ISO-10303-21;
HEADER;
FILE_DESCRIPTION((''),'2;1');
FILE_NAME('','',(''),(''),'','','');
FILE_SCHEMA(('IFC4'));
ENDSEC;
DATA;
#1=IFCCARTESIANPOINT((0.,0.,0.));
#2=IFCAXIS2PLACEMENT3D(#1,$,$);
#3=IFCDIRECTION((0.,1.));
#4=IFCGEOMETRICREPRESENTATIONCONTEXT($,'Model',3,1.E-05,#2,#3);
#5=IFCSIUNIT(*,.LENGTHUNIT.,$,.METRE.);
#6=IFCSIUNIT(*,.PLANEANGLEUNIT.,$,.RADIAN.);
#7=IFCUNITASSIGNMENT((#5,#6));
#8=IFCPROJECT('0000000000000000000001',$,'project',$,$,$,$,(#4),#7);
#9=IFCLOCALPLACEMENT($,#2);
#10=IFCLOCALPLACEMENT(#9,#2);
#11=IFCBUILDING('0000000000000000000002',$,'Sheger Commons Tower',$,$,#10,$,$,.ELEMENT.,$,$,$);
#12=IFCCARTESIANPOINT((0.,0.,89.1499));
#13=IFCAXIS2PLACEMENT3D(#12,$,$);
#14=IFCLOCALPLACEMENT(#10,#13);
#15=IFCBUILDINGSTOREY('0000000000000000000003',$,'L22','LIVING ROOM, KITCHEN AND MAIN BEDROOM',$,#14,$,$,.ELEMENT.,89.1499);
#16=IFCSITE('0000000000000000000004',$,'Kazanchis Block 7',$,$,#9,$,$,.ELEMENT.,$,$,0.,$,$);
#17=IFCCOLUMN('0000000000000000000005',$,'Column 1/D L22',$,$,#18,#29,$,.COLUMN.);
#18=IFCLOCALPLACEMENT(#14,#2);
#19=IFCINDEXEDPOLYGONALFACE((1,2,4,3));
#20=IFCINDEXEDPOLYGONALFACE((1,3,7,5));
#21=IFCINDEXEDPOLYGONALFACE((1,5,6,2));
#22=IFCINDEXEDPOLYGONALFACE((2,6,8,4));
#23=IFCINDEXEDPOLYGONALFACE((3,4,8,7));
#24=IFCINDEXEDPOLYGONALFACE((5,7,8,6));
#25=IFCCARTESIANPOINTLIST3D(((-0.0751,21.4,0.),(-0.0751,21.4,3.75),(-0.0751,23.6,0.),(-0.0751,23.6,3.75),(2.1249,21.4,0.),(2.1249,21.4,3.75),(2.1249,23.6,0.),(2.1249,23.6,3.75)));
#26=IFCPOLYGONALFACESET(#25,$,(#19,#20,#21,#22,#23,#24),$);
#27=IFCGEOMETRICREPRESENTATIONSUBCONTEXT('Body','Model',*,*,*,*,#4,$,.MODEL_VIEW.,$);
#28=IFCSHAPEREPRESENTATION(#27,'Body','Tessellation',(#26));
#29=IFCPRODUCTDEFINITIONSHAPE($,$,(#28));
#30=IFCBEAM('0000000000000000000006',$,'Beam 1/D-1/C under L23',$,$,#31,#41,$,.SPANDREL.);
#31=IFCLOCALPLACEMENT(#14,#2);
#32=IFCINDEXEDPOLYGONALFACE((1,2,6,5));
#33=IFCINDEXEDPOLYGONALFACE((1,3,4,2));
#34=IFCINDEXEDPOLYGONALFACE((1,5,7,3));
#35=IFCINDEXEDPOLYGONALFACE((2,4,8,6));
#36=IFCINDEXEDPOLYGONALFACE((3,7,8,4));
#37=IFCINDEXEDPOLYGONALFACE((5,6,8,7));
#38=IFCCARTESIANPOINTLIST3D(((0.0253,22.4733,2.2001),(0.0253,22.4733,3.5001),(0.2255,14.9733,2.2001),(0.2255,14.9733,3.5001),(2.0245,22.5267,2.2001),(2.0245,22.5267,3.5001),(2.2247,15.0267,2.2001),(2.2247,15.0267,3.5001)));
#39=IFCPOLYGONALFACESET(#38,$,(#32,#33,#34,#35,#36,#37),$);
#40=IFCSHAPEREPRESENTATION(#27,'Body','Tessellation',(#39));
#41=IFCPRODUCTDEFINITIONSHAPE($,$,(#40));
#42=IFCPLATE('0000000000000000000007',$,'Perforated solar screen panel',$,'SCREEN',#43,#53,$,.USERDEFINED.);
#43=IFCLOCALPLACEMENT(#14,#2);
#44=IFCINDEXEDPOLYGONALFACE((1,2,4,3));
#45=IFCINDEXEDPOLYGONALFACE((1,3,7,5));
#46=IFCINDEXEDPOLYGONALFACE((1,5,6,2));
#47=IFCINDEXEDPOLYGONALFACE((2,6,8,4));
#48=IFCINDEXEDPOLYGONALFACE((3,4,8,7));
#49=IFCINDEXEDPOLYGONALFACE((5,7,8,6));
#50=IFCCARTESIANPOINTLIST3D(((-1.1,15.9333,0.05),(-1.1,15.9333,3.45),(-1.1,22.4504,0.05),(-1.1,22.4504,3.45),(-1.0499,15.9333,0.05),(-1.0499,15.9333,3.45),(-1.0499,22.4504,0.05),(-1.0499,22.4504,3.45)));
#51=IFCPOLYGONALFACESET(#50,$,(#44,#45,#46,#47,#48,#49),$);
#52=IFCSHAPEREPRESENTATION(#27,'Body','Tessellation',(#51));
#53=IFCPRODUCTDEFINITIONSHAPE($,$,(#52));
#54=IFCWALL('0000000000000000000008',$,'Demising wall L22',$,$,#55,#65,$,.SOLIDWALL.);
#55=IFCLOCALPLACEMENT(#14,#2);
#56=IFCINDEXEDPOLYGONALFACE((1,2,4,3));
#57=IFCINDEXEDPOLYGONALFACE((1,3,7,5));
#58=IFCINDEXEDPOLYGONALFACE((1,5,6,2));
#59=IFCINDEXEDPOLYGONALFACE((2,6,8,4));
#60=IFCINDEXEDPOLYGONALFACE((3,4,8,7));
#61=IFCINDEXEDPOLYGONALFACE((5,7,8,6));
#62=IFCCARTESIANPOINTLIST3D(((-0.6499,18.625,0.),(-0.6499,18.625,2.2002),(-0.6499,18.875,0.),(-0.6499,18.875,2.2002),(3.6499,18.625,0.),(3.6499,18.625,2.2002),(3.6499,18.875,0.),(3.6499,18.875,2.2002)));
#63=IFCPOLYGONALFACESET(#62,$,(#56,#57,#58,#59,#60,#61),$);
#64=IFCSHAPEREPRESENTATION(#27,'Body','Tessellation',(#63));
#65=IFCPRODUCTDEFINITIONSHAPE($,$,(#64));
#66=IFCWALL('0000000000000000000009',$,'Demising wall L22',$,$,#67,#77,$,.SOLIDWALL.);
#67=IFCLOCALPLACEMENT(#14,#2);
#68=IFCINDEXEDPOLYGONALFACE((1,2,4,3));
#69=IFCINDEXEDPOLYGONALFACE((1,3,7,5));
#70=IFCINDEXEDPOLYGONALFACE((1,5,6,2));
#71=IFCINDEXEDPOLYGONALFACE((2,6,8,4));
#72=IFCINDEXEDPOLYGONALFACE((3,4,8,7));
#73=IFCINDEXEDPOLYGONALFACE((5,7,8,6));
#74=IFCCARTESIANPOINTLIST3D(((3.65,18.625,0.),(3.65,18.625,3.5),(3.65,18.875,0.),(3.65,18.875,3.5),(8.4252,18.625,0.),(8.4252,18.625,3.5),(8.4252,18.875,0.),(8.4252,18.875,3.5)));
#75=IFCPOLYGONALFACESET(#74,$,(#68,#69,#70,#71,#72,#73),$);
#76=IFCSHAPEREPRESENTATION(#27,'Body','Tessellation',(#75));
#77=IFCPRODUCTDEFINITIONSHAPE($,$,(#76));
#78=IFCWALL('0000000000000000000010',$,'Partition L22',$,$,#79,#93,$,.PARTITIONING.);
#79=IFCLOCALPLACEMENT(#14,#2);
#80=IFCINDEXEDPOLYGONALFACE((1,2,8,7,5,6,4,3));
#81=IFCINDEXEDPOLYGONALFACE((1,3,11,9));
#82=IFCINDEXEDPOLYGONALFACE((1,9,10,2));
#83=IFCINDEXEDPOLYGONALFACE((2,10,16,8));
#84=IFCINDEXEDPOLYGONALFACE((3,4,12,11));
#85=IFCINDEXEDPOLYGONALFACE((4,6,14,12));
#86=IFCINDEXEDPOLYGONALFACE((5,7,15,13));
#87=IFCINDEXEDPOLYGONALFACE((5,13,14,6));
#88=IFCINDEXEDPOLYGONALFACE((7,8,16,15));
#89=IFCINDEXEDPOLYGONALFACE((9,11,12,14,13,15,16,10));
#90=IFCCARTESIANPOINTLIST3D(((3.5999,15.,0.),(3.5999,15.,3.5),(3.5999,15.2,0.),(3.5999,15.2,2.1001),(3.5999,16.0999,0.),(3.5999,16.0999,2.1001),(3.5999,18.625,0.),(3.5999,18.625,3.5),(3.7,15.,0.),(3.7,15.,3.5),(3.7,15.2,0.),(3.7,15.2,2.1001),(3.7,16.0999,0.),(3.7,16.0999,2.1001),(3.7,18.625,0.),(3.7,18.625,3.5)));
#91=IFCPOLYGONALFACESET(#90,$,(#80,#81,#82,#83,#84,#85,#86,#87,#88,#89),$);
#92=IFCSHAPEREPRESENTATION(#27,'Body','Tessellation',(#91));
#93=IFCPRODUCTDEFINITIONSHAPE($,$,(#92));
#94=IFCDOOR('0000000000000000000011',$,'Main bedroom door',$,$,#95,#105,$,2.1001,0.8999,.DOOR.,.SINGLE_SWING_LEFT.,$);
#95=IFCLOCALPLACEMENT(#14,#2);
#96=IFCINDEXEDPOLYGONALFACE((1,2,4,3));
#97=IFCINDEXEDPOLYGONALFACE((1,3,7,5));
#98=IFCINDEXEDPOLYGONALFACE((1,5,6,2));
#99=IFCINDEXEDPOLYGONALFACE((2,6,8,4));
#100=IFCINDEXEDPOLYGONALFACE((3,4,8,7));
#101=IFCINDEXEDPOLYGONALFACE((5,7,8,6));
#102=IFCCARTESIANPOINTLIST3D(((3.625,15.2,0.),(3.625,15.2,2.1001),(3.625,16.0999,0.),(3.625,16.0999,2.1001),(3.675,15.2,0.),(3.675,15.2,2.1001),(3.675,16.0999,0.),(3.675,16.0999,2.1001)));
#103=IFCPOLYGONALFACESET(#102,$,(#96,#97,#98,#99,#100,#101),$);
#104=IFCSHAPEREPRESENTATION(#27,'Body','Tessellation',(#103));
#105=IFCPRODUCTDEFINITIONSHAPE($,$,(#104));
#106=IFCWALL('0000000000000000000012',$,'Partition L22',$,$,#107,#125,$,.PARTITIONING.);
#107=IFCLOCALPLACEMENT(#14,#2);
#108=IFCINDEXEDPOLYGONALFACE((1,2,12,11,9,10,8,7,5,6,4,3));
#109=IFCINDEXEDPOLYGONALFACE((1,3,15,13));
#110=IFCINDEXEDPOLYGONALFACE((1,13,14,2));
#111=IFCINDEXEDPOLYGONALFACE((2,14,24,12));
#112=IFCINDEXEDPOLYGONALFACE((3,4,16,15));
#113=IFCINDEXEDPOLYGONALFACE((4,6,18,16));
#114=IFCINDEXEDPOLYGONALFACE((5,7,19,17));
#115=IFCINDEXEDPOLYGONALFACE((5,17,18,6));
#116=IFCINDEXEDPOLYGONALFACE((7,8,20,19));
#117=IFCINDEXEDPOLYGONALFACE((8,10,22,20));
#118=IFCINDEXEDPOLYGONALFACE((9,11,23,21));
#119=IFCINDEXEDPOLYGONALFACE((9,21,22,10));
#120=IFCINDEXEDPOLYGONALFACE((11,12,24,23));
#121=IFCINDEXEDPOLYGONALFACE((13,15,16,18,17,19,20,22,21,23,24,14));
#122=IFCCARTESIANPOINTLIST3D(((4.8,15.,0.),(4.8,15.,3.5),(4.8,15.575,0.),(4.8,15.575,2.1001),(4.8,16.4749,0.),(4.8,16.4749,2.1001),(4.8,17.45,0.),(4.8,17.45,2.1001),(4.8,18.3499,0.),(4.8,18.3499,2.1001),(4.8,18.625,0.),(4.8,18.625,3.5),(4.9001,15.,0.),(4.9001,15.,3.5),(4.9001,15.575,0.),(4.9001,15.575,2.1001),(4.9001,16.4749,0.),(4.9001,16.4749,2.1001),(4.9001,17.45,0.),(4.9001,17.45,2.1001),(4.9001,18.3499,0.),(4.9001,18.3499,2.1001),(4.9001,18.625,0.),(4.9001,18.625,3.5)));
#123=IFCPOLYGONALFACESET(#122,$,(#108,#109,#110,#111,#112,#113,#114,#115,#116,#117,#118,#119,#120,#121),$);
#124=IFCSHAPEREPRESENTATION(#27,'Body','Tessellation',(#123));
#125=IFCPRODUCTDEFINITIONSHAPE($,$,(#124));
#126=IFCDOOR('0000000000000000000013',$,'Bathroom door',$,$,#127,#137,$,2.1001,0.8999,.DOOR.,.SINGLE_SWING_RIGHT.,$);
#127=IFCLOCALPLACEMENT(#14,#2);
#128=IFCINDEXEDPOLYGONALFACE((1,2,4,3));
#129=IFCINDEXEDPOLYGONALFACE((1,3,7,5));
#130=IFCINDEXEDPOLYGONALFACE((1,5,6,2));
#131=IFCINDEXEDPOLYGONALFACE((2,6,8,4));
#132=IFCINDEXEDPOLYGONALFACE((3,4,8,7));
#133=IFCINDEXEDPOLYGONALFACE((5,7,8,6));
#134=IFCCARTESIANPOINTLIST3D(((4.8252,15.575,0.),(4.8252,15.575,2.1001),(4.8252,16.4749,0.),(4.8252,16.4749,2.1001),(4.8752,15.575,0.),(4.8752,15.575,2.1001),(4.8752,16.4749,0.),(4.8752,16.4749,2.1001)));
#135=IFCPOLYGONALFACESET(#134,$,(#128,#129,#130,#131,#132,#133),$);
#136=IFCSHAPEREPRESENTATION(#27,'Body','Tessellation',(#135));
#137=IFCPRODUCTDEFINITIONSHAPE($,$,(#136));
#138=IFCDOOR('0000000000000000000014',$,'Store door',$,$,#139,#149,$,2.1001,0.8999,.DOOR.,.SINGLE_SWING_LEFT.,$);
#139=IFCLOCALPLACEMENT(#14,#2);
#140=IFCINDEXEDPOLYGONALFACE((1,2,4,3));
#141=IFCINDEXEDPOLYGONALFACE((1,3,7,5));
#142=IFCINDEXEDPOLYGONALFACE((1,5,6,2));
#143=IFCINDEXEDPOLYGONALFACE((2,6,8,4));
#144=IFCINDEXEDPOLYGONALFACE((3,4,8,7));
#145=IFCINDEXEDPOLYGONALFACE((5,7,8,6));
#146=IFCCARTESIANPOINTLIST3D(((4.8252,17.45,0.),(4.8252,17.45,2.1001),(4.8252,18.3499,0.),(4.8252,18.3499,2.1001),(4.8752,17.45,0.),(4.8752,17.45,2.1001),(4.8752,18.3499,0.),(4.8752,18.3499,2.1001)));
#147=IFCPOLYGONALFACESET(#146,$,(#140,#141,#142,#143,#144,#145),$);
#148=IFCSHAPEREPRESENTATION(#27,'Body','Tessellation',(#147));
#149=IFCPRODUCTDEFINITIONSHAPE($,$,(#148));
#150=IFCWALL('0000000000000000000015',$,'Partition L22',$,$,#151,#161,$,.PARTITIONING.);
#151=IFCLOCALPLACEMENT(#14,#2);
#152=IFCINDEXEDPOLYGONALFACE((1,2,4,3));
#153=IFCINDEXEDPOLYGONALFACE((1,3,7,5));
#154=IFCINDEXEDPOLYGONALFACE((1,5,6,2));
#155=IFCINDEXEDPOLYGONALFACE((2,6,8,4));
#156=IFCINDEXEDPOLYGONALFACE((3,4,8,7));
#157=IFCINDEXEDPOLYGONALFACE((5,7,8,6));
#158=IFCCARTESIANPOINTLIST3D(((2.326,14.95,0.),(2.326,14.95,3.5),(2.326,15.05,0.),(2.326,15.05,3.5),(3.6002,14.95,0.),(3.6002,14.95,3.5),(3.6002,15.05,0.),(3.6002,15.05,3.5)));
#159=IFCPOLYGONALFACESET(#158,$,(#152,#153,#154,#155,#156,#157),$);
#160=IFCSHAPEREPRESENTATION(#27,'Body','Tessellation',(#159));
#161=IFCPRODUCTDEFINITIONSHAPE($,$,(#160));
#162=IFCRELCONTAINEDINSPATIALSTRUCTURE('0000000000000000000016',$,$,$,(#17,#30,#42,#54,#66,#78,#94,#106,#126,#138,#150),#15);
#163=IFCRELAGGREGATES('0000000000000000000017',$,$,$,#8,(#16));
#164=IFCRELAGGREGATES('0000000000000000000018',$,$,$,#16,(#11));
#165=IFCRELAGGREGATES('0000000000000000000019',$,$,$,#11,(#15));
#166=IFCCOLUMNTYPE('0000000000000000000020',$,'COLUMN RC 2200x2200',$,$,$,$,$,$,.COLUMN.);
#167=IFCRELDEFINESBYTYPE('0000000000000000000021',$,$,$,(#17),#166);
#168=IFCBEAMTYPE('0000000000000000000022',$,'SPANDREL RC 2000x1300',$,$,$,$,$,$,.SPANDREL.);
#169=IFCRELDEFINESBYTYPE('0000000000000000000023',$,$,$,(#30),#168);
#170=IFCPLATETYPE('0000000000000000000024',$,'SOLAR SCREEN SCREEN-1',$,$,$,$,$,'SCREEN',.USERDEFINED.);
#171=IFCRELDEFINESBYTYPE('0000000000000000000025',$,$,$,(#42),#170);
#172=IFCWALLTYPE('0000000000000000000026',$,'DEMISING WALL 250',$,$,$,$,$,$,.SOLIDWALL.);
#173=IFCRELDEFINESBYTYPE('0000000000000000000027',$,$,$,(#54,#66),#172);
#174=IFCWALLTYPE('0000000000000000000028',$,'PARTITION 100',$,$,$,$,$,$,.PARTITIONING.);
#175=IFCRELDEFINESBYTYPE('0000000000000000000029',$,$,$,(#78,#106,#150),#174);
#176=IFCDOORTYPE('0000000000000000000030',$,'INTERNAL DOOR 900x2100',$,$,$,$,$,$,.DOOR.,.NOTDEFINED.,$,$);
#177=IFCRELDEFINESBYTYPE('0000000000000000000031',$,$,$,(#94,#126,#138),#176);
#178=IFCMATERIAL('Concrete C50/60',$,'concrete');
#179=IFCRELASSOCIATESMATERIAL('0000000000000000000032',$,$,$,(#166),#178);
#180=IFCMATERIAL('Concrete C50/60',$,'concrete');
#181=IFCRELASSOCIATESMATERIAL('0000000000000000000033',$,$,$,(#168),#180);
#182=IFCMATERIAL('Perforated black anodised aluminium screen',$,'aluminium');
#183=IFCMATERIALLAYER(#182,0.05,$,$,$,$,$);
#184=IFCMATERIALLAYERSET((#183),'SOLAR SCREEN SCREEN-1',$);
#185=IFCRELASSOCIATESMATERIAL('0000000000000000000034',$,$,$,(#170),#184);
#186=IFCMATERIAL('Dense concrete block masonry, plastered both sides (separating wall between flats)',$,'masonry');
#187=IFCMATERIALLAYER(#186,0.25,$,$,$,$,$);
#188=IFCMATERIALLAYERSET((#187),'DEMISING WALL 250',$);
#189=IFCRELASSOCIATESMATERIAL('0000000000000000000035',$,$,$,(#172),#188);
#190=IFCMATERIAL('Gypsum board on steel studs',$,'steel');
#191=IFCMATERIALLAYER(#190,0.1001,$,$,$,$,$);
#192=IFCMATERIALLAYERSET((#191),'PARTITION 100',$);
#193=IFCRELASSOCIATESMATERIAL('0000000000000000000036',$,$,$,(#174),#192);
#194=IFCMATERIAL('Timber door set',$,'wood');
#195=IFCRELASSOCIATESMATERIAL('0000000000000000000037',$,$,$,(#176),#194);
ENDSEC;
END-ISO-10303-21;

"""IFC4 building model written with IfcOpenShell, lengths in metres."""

from ifc_helpers import new_model, si_unit, direction, frame, frame_2d, origin, origin_2d, place, context, subcontext, project, spatial, rectangle, extrude, material, layer, layer_set, material_profile, profile_set, type_object, element, fill, save


model = new_model("IFC4")

# Units and contexts
model_context = context("Model", 3, precision=1e-05, world=origin(), true_north=direction((0.0, 1.0)))
body_context = subcontext(model_context, "Body", "Model", "MODEL_VIEW")
ifc_project = project(units=[si_unit("LENGTHUNIT", "METRE"), si_unit("PLANEANGLEUNIT", "RADIAN")], contexts=[model_context])

# Site, building, storey
site_placement = place(None, origin())
site = spatial("IfcSite", under=ifc_project, at=site_placement, Name="Kazanchis Block 7", CompositionType="ELEMENT", RefElevation=0.0)
building_placement = place(site_placement, origin())
building = spatial("IfcBuilding", under=site, at=building_placement, Name="Sheger Commons Tower", CompositionType="ELEMENT")
storey_placement = place(building_placement, frame((0.0, 0.0, 89.1499)))
storey = spatial("IfcBuildingStorey", under=building, at=storey_placement, Name="L22", Description="LIVING ROOM, KITCHEN AND MAIN BEDROOM", CompositionType="ELEMENT", Elevation=89.1499)

# Column
ifc_material_1 = material(Name="Concrete C50/60", Category="concrete")
ifc_material_profile_1 = material_profile(ifc_material_1, rectangle(XDim=2.2, YDim=2.2, at=origin_2d()), Name="RC 2200x2200")
ifc_profile_set_1 = profile_set([ifc_material_profile_1], Name="Concrete C50/60")
column_type = type_object("IfcColumnType", Name="COLUMN RC 2200x2200", PredefinedType="COLUMN", material=ifc_profile_set_1)
column_placement = place(storey_placement, frame((1.0249, 22.5, 0.0), z_axis=(0.0, 0.0, 1.0), x_axis=(1.0, 0.0, 0.0)))
element("IfcColumn", 1, at=column_placement, inside=storey, type_object=column_type, Name="Column 1/D L22", PredefinedType="COLUMN", context=body_context, shape_type="SweptSolid", body=[
    extrude(rectangle(XDim=2.2, YDim=2.2, at=origin_2d()), origin(), (0.0, 0.0, 1.0), 3.75),
])

# Beam
ifc_material_2 = material(Name="Concrete C50/60", Category="concrete")
ifc_material_profile_2 = material_profile(ifc_material_2, rectangle(XDim=2.0, YDim=1.3, at=origin_2d()), Name="RC 2000x1300")
ifc_profile_set_2 = profile_set([ifc_material_profile_2], Name="Concrete C50/60")
beam_type = type_object("IfcBeamType", Name="SPANDREL RC 2000x1300", PredefinedType="SPANDREL", material=ifc_profile_set_2)
beam_placement = place(storey_placement, frame((1.0249, 22.5, 2.8501), z_axis=(0.026683, -0.999644, 0.0), x_axis=(0.999644, 0.026683, 0.0)))
element("IfcBeam", 2, at=beam_placement, inside=storey, type_object=beam_type, Name="Beam 1/D-1/C under L23", PredefinedType="SPANDREL", context=body_context, shape_type="SweptSolid", body=[
    extrude(rectangle(XDim=2.0, YDim=1.3, at=origin_2d()), origin(), (0.0, 0.0, 1.0), 7.5027),
])

# Plate
ifc_material_3 = material(Name="Perforated black anodised aluminium screen", Category="aluminium")
ifc_layer_1 = layer(ifc_material_3, 0.05)
ifc_layer_set_1 = layer_set([ifc_layer_1], Name="SOLAR SCREEN SCREEN-1")
plate_type = type_object("IfcPlateType", Name="SOLAR SCREEN SCREEN-1", ElementType="SCREEN", PredefinedType="USERDEFINED", material=ifc_layer_set_1)
plate_placement = place(storey_placement, frame((-1.075, 19.1919, 0.05), z_axis=(0.0, 0.0, 1.0), x_axis=(0.0, -1.0, 0.0)))
element("IfcPlate", 3, at=plate_placement, inside=storey, type_object=plate_type, Name="Perforated solar screen panel", ObjectType="SCREEN", PredefinedType="USERDEFINED", context=body_context, shape_type="SweptSolid", body=[
    extrude(rectangle(XDim=6.5171, YDim=0.05, at=origin_2d()), origin(), (0.0, 0.0, 1.0), 3.3999),
])

# Walls
ifc_material_4 = material(Name="Dense concrete block masonry, plastered both sides (separating wall between flats)", Category="masonry")
ifc_layer_2 = layer(ifc_material_4, 0.25)
ifc_layer_set_2 = layer_set([ifc_layer_2], Name="DEMISING WALL 250")
wall_type_1 = type_object("IfcWallType", Name="DEMISING WALL 250", PredefinedType="SOLIDWALL", material=ifc_layer_set_2)
wall_1_placement = place(storey_placement, frame((-0.6499, 18.75, 0.0), z_axis=(0.0, 0.0, 1.0), x_axis=(1.0, 0.0, 0.0)))
element("IfcWall", 4, at=wall_1_placement, inside=storey, type_object=wall_type_1, Name="Demising wall L22", PredefinedType="SOLIDWALL", context=body_context, shape_type="SweptSolid", body=[
    extrude(rectangle(XDim=4.2998, YDim=0.25, at=frame_2d((2.1499, 0.0))), origin(), (0.0, 0.0, 1.0), 2.2002),
])
wall_2_placement = place(storey_placement, frame((3.6499, 18.75, 0.0), z_axis=(0.0, 0.0, 1.0), x_axis=(1.0, 0.0, 0.0)))
element("IfcWall", 5, at=wall_2_placement, inside=storey, type_object=wall_type_1, Name="Demising wall L22", PredefinedType="SOLIDWALL", context=body_context, shape_type="SweptSolid", body=[
    extrude(rectangle(XDim=4.7751, YDim=0.25, at=frame_2d((2.3877, 0.0))), origin(), (0.0, 0.0, 1.0), 3.5),
])

# Wall, opening, door
ifc_material_5 = material(Name="Gypsum board on steel studs", Category="steel")
ifc_layer_3 = layer(ifc_material_5, 0.1001)
ifc_layer_set_3 = layer_set([ifc_layer_3], Name="PARTITION 100")
wall_type_2 = type_object("IfcWallType", Name="PARTITION 100", PredefinedType="PARTITIONING", material=ifc_layer_set_3)
wall_3_placement = place(storey_placement, frame((3.6499, 15.0, 0.0), z_axis=(0.0, 0.0, 1.0), x_axis=(0.0, 1.0, 0.0)))
wall_3 = element("IfcWall", 6, at=wall_3_placement, inside=storey, type_object=wall_type_2, Name="Partition L22", PredefinedType="PARTITIONING", context=body_context, shape_type="SweptSolid", body=[
    extrude(rectangle(XDim=3.625, YDim=0.1001, at=frame_2d((1.8125, 0.0))), origin(), (0.0, 0.0, 1.0), 3.5),
])
opening_1_placement = place(wall_3_placement, frame((0.2, 0.0, 0.0)))
opening_1 = element("IfcOpeningElement", 7, at=opening_1_placement, cuts=wall_3, PredefinedType="OPENING", context=body_context, shape_type="SweptSolid", body=[
    extrude(rectangle(XDim=0.8999, YDim=2.1001, at=frame_2d((0.45, 1.05))), frame((0.0, 0.0601, 0.0), z_axis=(0.0, -1.0, 0.0), x_axis=(1.0, 0.0, 0.0)), (0.0, 0.0, 1.0), 0.1201),
])
ifc_material_6 = material(Name="Timber door set", Category="wood")
door_type = type_object("IfcDoorType", Name="INTERNAL DOOR 900x2100", OperationType="NOTDEFINED", PredefinedType="DOOR", material=ifc_material_6)
door_1_placement = place(opening_1_placement, origin())
door_1 = element("IfcDoor", 8, at=door_1_placement, inside=storey, type_object=door_type, Name="Main bedroom door", OperationType="SINGLE_SWING_LEFT", OverallHeight=2.1001, OverallWidth=0.8999, PredefinedType="DOOR", context=body_context, shape_type="SweptSolid", body=[
    extrude(rectangle(XDim=0.8999, YDim=2.1001, at=frame_2d((0.45, 1.05))), frame((0.0, 0.0249, 0.0), z_axis=(0.0, -1.0, 0.0), x_axis=(1.0, 0.0, 0.0)), (0.0, 0.0, 1.0), 0.05),
])
fill(opening_1, door_1)

# Wall, openings, doors
wall_4_placement = place(storey_placement, frame((4.8501, 15.0, 0.0), z_axis=(0.0, 0.0, 1.0), x_axis=(0.0, 1.0, 0.0)))
wall_4 = element("IfcWall", 9, at=wall_4_placement, inside=storey, type_object=wall_type_2, Name="Partition L22", PredefinedType="PARTITIONING", context=body_context, shape_type="SweptSolid", body=[
    extrude(rectangle(XDim=3.625, YDim=0.1001, at=frame_2d((1.8125, 0.0))), origin(), (0.0, 0.0, 1.0), 3.5),
])
opening_2_placement = place(wall_4_placement, frame((0.575, 0.0, 0.0)))
opening_2 = element("IfcOpeningElement", 10, at=opening_2_placement, cuts=wall_4, PredefinedType="OPENING", context=body_context, shape_type="SweptSolid", body=[
    extrude(rectangle(XDim=0.8999, YDim=2.1001, at=frame_2d((0.45, 1.05))), frame((0.0, 0.0601, 0.0), z_axis=(0.0, -1.0, 0.0), x_axis=(1.0, 0.0, 0.0)), (0.0, 0.0, 1.0), 0.1201),
])
opening_3_placement = place(wall_4_placement, frame((2.45, 0.0, 0.0)))
opening_3 = element("IfcOpeningElement", 11, at=opening_3_placement, cuts=wall_4, PredefinedType="OPENING", context=body_context, shape_type="SweptSolid", body=[
    extrude(rectangle(XDim=0.8999, YDim=2.1001, at=frame_2d((0.45, 1.05))), frame((0.0, 0.0601, 0.0), z_axis=(0.0, -1.0, 0.0), x_axis=(1.0, 0.0, 0.0)), (0.0, 0.0, 1.0), 0.1201),
])
door_2_placement = place(opening_2_placement, origin())
door_2 = element("IfcDoor", 12, at=door_2_placement, inside=storey, type_object=door_type, Name="Bathroom door", OperationType="SINGLE_SWING_RIGHT", OverallHeight=2.1001, OverallWidth=0.8999, PredefinedType="DOOR", context=body_context, shape_type="SweptSolid", body=[
    extrude(rectangle(XDim=0.8999, YDim=2.1001, at=frame_2d((0.45, 1.05))), frame((0.0, 0.0249, 0.0), z_axis=(0.0, -1.0, 0.0), x_axis=(1.0, 0.0, 0.0)), (0.0, 0.0, 1.0), 0.05),
])
fill(opening_2, door_2)
door_3_placement = place(opening_3_placement, origin())
door_3 = element("IfcDoor", 13, at=door_3_placement, inside=storey, type_object=door_type, Name="Store door", OperationType="SINGLE_SWING_LEFT", OverallHeight=2.1001, OverallWidth=0.8999, PredefinedType="DOOR", context=body_context, shape_type="SweptSolid", body=[
    extrude(rectangle(XDim=0.8999, YDim=2.1001, at=frame_2d((0.45, 1.05))), frame((0.0, 0.0249, 0.0), z_axis=(0.0, -1.0, 0.0), x_axis=(1.0, 0.0, 0.0)), (0.0, 0.0, 1.0), 0.05),
])
fill(opening_3, door_3)

# Wall
wall_5_placement = place(storey_placement, frame((2.3259, 15.0, 0.0), z_axis=(0.0, 0.0, 1.0), x_axis=(1.0, 0.0, 0.0)))
element("IfcWall", 14, at=wall_5_placement, inside=storey, type_object=wall_type_2, Name="Partition L22", PredefinedType="PARTITIONING", context=body_context, shape_type="SweptSolid", body=[
    extrude(rectangle(XDim=1.2742, YDim=0.1001, at=frame_2d((0.6372, 0.0))), origin(), (0.0, 0.0, 1.0), 3.5),
])

save(model, "model.ifc")
